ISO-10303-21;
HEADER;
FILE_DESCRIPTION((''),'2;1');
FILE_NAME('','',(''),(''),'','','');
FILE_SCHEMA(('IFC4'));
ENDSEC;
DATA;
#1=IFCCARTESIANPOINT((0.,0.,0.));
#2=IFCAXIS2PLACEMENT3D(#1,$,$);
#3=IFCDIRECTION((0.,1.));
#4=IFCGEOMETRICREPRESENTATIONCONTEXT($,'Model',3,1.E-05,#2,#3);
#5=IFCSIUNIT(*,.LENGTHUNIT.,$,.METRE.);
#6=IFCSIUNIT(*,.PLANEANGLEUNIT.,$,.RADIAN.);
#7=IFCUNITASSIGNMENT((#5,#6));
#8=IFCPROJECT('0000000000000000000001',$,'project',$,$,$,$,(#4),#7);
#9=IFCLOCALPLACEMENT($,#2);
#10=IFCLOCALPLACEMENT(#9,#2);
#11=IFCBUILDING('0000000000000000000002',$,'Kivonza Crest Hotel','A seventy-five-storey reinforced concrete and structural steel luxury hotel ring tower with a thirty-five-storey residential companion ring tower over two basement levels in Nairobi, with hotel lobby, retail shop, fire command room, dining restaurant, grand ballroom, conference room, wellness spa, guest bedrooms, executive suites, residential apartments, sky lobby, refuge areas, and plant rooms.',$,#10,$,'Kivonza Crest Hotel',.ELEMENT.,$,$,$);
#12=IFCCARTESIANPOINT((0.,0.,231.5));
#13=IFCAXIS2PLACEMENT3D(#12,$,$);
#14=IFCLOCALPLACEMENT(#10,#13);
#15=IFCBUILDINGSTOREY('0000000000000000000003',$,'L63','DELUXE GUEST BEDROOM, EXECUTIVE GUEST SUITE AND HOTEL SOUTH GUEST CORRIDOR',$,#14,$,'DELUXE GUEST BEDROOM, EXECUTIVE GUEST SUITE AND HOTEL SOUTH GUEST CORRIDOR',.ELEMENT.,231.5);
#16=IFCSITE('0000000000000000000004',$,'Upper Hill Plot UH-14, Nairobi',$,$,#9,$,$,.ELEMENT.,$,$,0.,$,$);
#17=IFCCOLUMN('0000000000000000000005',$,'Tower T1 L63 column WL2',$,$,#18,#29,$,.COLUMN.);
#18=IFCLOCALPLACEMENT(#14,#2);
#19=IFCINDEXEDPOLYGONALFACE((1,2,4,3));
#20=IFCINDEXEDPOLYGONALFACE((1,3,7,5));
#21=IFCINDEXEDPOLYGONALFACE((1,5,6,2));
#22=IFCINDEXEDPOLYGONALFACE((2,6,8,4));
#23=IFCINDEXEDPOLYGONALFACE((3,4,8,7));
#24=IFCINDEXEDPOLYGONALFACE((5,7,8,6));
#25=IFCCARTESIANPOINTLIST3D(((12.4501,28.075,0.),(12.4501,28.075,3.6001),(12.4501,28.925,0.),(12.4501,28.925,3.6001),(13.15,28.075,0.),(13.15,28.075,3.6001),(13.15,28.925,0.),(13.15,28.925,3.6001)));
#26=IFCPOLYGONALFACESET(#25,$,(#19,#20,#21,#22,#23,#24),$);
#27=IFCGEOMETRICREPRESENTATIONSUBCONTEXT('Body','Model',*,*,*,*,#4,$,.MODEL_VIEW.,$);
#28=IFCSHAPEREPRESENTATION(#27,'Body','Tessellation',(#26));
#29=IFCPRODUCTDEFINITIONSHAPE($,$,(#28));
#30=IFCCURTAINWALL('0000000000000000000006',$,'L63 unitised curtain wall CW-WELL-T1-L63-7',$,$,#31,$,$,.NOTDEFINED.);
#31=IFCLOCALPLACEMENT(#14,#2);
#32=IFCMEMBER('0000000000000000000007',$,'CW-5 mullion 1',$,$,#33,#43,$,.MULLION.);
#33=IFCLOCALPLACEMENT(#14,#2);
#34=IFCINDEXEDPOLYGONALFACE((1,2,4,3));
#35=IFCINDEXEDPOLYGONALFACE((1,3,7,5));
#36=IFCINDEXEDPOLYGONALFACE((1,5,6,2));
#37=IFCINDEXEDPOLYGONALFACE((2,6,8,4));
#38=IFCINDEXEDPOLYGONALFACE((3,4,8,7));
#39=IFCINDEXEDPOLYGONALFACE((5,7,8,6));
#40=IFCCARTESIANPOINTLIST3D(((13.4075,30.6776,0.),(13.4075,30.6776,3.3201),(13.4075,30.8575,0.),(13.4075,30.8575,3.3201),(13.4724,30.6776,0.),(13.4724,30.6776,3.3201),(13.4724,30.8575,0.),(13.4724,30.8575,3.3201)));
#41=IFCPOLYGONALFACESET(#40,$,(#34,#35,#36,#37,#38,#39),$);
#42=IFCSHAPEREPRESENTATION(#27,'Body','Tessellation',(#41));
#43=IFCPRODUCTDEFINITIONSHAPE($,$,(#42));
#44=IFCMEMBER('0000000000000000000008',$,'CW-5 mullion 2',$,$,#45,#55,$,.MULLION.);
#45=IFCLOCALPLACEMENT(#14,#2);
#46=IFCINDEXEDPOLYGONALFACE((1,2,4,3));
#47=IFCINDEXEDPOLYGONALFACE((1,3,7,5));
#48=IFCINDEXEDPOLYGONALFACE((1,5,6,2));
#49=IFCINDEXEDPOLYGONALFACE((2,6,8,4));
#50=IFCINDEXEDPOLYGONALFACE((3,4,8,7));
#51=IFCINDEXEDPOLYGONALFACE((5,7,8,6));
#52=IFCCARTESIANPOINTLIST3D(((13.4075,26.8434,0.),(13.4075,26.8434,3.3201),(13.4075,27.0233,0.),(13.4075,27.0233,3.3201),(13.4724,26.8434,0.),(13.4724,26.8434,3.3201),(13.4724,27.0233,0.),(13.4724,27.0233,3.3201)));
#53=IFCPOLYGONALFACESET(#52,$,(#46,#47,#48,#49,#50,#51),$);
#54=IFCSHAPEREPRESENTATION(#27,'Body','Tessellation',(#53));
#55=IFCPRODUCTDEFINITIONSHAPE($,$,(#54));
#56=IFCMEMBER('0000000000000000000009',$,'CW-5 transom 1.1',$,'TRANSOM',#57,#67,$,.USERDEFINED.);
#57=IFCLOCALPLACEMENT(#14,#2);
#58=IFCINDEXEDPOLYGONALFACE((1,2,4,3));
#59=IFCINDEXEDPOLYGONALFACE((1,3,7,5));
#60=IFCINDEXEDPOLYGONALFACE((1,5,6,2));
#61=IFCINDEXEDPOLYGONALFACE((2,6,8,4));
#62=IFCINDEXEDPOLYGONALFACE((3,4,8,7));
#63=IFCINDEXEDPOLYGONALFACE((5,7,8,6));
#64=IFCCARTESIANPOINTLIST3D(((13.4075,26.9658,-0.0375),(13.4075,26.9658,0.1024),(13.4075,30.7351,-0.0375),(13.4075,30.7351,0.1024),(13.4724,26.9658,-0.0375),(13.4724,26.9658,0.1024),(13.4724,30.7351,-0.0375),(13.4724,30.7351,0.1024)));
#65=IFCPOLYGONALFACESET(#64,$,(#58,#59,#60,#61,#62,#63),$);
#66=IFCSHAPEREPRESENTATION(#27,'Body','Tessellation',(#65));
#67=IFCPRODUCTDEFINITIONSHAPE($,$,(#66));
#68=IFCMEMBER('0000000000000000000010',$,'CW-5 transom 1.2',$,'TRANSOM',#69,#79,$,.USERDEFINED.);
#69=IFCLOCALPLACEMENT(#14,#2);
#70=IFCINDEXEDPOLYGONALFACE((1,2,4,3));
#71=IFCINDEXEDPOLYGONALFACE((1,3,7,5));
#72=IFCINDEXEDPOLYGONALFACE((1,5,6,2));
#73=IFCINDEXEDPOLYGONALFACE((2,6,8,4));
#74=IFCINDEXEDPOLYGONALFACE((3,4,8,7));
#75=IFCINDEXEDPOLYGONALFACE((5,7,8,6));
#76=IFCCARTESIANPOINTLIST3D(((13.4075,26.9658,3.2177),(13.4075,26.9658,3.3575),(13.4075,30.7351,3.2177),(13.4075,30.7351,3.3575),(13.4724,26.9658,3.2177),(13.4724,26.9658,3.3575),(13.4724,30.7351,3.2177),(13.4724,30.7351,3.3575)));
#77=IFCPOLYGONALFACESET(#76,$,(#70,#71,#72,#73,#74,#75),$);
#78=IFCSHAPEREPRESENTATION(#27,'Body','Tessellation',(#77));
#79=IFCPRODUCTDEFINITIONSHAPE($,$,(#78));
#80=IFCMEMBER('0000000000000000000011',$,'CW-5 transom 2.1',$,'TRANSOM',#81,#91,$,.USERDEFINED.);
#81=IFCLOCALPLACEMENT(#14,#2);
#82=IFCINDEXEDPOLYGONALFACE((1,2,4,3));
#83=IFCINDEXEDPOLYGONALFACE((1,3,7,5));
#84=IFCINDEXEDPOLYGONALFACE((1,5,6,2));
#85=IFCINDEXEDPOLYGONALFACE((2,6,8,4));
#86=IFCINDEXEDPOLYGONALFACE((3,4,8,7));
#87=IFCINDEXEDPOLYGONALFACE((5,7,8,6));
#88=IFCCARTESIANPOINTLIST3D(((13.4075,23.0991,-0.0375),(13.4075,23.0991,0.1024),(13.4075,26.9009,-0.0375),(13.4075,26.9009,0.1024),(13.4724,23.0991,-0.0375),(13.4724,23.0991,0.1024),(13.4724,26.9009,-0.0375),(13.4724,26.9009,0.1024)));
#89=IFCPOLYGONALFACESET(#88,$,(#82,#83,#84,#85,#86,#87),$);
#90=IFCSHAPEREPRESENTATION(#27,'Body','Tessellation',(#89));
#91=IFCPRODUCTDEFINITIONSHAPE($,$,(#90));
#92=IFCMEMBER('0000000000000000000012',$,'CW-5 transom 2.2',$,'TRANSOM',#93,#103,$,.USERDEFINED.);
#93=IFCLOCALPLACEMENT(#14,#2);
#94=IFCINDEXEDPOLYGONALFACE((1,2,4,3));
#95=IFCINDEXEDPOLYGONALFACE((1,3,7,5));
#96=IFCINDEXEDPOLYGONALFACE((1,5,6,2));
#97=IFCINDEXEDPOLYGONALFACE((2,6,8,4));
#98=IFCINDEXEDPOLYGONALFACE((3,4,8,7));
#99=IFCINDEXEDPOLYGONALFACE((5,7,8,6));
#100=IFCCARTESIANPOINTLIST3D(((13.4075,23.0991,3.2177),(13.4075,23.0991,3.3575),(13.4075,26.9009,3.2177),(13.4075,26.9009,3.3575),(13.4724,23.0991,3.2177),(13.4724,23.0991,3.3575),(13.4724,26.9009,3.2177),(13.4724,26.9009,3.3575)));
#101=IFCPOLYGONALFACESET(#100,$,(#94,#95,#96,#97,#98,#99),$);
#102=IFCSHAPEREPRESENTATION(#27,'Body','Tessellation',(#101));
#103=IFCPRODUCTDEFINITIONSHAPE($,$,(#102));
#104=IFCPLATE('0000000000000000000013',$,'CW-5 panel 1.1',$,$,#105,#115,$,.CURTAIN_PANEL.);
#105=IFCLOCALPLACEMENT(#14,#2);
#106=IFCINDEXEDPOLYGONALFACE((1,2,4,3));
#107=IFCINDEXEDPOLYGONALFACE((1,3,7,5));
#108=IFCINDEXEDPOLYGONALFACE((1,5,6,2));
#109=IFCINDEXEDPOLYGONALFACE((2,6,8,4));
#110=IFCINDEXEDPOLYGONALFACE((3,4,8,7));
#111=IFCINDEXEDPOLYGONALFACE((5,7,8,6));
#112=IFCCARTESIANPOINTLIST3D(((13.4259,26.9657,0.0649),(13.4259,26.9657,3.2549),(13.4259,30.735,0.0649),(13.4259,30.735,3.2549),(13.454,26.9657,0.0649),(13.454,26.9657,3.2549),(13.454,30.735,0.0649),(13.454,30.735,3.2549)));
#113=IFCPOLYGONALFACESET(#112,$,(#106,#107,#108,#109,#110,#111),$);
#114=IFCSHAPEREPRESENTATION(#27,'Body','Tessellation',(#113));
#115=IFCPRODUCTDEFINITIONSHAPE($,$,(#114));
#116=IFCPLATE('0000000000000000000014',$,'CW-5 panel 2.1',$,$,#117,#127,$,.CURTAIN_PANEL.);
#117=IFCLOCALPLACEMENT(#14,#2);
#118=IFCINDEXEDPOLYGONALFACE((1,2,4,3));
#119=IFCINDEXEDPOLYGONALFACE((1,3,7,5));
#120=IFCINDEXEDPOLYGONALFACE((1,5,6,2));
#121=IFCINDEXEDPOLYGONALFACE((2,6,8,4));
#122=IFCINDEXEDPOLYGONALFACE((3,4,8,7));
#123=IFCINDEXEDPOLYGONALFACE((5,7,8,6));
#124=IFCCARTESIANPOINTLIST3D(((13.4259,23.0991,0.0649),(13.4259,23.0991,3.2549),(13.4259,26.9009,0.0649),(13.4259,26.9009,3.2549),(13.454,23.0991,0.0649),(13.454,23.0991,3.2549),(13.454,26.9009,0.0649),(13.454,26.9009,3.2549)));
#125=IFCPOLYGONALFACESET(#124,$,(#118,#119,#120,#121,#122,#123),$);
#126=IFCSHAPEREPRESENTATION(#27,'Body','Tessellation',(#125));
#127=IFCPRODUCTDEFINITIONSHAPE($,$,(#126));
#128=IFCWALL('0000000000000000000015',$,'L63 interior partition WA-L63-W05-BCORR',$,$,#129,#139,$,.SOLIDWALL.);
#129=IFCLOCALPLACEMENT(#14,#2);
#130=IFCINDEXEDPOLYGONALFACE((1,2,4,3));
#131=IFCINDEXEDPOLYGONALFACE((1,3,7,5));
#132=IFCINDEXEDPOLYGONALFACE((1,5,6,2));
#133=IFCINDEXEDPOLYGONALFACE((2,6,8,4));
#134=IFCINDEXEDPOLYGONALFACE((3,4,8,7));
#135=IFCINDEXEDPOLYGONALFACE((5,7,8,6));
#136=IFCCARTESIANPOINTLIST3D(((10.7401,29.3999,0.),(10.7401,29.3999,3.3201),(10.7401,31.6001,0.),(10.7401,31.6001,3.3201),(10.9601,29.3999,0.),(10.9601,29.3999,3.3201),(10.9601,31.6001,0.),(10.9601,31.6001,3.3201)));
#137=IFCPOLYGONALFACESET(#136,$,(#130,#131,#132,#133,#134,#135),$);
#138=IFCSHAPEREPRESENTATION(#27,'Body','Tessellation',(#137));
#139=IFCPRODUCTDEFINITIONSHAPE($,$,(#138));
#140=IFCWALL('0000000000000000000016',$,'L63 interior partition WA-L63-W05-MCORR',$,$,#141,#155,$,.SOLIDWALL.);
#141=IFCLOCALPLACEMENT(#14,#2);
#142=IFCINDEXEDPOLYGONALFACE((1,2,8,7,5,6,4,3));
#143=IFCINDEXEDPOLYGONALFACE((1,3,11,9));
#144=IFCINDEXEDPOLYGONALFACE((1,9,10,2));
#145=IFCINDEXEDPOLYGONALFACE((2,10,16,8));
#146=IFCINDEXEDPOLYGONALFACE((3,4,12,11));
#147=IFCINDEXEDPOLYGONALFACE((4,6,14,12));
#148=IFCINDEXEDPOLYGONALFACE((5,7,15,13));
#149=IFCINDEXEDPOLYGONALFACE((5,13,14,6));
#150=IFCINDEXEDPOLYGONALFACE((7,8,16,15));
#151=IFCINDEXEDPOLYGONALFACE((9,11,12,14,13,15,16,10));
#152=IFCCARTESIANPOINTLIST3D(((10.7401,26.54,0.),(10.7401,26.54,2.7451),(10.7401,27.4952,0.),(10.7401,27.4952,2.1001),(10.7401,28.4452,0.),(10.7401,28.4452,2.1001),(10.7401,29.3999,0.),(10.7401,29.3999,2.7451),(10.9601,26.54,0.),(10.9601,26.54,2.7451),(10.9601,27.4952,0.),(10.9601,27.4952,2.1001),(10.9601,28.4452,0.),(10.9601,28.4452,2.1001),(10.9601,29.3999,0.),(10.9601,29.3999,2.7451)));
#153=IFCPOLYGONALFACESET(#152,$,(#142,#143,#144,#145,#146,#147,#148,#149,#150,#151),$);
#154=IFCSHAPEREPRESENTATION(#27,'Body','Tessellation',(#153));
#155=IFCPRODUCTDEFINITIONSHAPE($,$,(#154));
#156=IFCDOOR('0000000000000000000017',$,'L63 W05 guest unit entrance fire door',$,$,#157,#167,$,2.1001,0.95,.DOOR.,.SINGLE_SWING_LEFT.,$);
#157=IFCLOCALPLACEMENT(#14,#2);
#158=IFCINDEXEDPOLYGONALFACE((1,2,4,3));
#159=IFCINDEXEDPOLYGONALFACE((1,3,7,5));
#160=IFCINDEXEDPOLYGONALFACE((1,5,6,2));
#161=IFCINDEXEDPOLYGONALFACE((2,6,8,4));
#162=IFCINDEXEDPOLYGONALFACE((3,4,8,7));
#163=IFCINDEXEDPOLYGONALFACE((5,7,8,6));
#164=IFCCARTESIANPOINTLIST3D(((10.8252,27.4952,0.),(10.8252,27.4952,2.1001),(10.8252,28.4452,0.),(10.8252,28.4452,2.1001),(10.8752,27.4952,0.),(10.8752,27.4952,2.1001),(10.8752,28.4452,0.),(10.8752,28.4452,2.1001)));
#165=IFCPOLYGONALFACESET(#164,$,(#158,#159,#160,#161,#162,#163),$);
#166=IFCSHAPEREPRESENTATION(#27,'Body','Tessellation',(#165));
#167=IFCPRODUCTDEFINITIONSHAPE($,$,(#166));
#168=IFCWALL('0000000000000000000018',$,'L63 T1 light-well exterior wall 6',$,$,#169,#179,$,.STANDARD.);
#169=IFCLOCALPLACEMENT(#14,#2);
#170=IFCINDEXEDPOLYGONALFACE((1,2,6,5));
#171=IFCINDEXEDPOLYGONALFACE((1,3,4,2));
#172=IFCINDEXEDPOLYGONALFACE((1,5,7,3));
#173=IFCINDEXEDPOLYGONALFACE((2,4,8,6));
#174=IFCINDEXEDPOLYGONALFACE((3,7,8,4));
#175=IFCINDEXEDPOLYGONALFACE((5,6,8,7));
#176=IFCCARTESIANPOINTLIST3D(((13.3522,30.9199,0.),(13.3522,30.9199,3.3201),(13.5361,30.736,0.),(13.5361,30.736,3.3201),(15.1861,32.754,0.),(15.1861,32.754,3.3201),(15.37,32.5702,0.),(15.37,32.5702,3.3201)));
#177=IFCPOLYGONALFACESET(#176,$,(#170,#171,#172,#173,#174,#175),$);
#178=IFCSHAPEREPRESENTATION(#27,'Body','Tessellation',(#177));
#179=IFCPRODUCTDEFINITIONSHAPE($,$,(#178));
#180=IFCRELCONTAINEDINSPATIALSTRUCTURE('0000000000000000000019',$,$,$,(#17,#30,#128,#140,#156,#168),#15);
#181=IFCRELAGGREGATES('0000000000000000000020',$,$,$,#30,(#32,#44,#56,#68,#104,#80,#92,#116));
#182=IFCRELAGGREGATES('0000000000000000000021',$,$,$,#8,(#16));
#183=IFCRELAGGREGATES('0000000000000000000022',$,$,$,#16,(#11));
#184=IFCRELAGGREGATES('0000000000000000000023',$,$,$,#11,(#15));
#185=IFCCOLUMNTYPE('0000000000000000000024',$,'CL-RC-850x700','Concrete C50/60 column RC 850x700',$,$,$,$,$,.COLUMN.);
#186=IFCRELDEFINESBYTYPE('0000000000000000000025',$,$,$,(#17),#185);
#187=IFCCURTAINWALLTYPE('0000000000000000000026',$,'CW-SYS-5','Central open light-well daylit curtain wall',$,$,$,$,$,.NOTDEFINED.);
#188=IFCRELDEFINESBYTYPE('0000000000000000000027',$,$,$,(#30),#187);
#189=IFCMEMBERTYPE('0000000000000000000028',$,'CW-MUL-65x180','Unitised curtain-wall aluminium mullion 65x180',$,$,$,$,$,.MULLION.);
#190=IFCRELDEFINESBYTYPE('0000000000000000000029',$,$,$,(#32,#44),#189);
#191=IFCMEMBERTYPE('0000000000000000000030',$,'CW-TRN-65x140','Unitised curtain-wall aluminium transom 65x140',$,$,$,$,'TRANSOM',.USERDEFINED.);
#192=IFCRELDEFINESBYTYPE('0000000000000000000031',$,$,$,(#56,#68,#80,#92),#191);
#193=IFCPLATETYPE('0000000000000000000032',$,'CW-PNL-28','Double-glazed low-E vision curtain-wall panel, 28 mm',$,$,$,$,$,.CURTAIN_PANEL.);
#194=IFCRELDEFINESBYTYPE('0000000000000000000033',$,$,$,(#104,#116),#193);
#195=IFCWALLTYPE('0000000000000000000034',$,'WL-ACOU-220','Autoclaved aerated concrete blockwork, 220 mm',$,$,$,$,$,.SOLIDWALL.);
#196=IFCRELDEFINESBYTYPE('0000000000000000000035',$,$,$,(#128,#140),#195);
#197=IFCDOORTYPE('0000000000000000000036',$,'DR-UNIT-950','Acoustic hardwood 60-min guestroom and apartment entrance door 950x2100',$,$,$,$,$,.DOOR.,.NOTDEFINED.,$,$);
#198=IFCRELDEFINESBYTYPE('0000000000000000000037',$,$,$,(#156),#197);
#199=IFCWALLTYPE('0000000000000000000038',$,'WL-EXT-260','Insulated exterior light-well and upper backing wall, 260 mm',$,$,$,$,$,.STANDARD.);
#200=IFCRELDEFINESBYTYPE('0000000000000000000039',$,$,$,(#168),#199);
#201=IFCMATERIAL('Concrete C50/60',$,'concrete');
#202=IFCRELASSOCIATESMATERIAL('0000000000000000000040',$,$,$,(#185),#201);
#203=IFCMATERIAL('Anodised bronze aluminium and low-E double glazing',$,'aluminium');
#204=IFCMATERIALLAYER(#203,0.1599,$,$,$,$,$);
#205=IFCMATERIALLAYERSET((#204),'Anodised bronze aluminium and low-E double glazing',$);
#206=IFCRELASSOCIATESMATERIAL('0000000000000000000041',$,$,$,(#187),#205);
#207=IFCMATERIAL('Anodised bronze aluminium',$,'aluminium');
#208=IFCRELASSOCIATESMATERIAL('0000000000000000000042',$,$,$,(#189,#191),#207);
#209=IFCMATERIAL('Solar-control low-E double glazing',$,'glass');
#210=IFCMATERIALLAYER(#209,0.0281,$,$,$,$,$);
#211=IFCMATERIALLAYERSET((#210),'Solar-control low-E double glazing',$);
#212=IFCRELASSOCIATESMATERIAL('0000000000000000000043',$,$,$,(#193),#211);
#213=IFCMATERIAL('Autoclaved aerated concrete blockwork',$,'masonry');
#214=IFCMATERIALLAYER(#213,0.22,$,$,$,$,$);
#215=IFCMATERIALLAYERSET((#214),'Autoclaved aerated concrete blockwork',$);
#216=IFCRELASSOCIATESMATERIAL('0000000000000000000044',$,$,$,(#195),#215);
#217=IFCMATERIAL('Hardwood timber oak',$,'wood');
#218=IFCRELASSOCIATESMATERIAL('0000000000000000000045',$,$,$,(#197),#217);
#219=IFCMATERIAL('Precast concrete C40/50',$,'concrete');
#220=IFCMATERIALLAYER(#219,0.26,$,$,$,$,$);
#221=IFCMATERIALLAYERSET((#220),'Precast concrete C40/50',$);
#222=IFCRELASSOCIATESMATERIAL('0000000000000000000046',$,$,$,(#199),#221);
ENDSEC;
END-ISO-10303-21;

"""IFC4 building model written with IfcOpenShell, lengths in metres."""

from ifc_helpers import new_model, si_unit, direction, frame, frame_2d, origin, origin_2d, place, context, subcontext, project, spatial, rectangle, extrude, material, layer, layer_set, material_profile, profile_set, type_object, element, fill, aggregate, save


model = new_model("IFC4")

# Units and contexts
model_context = context("Model", 3, precision=1e-05, world=origin(), true_north=direction((0.0, 1.0)))
body_context = subcontext(model_context, "Body", "Model", "MODEL_VIEW")
ifc_project = project(units=[si_unit("LENGTHUNIT", "METRE"), si_unit("PLANEANGLEUNIT", "RADIAN")], contexts=[model_context])

# Site, building, storey
site_placement = place(None, origin())
site = spatial("IfcSite", under=ifc_project, at=site_placement, Name="Upper Hill Plot UH-14, Nairobi", CompositionType="ELEMENT", RefElevation=0.0)
building_placement = place(site_placement, origin())
building = spatial("IfcBuilding", under=site, at=building_placement, Name="Kivonza Crest Hotel", Description="A seventy-five-storey reinforced concrete and structural steel luxury hotel ring tower with a thirty-five-storey residential companion ring tower over two basement levels in Nairobi, with hotel lobby, retail shop, fire command room, dining restaurant, grand ballroom, conference room, wellness spa, guest bedrooms, executive suites, residential apartments, sky lobby, refuge areas, and plant rooms.", LongName="Kivonza Crest Hotel", CompositionType="ELEMENT")
storey_placement = place(building_placement, frame((0.0, 0.0, 231.5)))
storey = spatial("IfcBuildingStorey", under=building, at=storey_placement, Name="L63", Description="DELUXE GUEST BEDROOM, EXECUTIVE GUEST SUITE AND HOTEL SOUTH GUEST CORRIDOR", LongName="DELUXE GUEST BEDROOM, EXECUTIVE GUEST SUITE AND HOTEL SOUTH GUEST CORRIDOR", CompositionType="ELEMENT", Elevation=231.5)

# Column
ifc_material_1 = material(Name="Concrete C50/60", Category="concrete")
ifc_material_profile_1 = material_profile(ifc_material_1, rectangle(XDim=0.7, YDim=0.8501, at=origin_2d()), Name="RC 850x700")
ifc_profile_set_1 = profile_set([ifc_material_profile_1], Name="Concrete C50/60")
column_type = type_object("IfcColumnType", Name="CL-RC-850x700", Description="Concrete C50/60 column RC 850x700", PredefinedType="COLUMN", material=ifc_profile_set_1)
column_placement = place(storey_placement, frame((12.8, 28.5, 0.0), z_axis=(0.0, 0.0, 1.0), x_axis=(1.0, 0.0, 0.0)))
element("IfcColumn", 1, at=column_placement, inside=storey, type_object=column_type, Name="Tower T1 L63 column WL2", PredefinedType="COLUMN", context=body_context, shape_type="SweptSolid", body=[
    extrude(rectangle(XDim=0.7, YDim=0.8501, at=origin_2d()), origin(), (0.0, 0.0, 1.0), 3.6001),
])

# Curtain wall, members, plates
ifc_material_2 = material(Name="Anodised bronze aluminium and low-E double glazing", Category="aluminium")
ifc_layer_1 = layer(ifc_material_2, 0.1599)
ifc_layer_set_1 = layer_set([ifc_layer_1], Name="Anodised bronze aluminium and low-E double glazing")
curtain_wall_type = type_object("IfcCurtainWallType", Name="CW-SYS-5", Description="Central open light-well daylit curtain wall", PredefinedType="NOTDEFINED", material=ifc_layer_set_1)
curtain_wall_placement = place(storey_placement, origin())
curtain_wall = element("IfcCurtainWall", 2, at=curtain_wall_placement, inside=storey, type_object=curtain_wall_type, Name="L63 unitised curtain wall CW-WELL-T1-L63-7", PredefinedType="NOTDEFINED")
ifc_material_3 = material(Name="Anodised bronze aluminium", Category="aluminium")
ifc_material_profile_2 = material_profile(ifc_material_3, rectangle(XDim=0.0649, YDim=0.1799, at=origin_2d()), Name="CW-M 65x180")
ifc_profile_set_2 = profile_set([ifc_material_profile_2], Name="Anodised bronze aluminium")
member_type_1 = type_object("IfcMemberType", Name="CW-MUL-65x180", Description="Unitised curtain-wall aluminium mullion 65x180", PredefinedType="MULLION", material=ifc_profile_set_2)
member_1_placement = place(storey_placement, frame((13.4399, 30.7676, 0.0), z_axis=(0.0, 0.0, 1.0), x_axis=(1.0, 0.0, 0.0)))
member_1 = element("IfcMember", 3, at=member_1_placement, type_object=member_type_1, Name="CW-5 mullion 1", PredefinedType="MULLION", context=body_context, shape_type="SweptSolid", body=[
    extrude(rectangle(XDim=0.0649, YDim=0.1799, at=origin_2d()), origin(), (0.0, 0.0, 1.0), 3.3201),
])
member_2_placement = place(storey_placement, frame((13.4399, 26.9333, 0.0), z_axis=(0.0, 0.0, 1.0), x_axis=(1.0, 0.0, 0.0)))
member_2 = element("IfcMember", 4, at=member_2_placement, type_object=member_type_1, Name="CW-5 mullion 2", PredefinedType="MULLION", context=body_context, shape_type="SweptSolid", body=[
    extrude(rectangle(XDim=0.0649, YDim=0.1799, at=origin_2d()), origin(), (0.0, 0.0, 1.0), 3.3201),
])
ifc_material_profile_3 = material_profile(ifc_material_3, rectangle(XDim=0.0649, YDim=0.1399, at=origin_2d()), Name="CW-T 65x140")
ifc_profile_set_3 = profile_set([ifc_material_profile_3], Name="Anodised bronze aluminium")
member_type_2 = type_object("IfcMemberType", Name="CW-TRN-65x140", Description="Unitised curtain-wall aluminium transom 65x140", ElementType="TRANSOM", PredefinedType="USERDEFINED", material=ifc_profile_set_3)
member_3_placement = place(storey_placement, frame((13.4399, 30.7351, 0.0325), z_axis=(0.0, -1.0, 0.0), x_axis=(1.0, 0.0, 0.0)))
member_3 = element("IfcMember", 5, at=member_3_placement, type_object=member_type_2, Name="CW-5 transom 1.1", ObjectType="TRANSOM", PredefinedType="USERDEFINED", context=body_context, shape_type="SweptSolid", body=[
    extrude(rectangle(XDim=0.0649, YDim=0.1399, at=origin_2d()), origin(), (0.0, 0.0, 1.0), 3.7693),
])
member_4_placement = place(storey_placement, frame((13.4399, 30.7351, 3.2876), z_axis=(0.0, -1.0, 0.0), x_axis=(1.0, 0.0, 0.0)))
member_4 = element("IfcMember", 6, at=member_4_placement, type_object=member_type_2, Name="CW-5 transom 1.2", ObjectType="TRANSOM", PredefinedType="USERDEFINED", context=body_context, shape_type="SweptSolid", body=[
    extrude(rectangle(XDim=0.0649, YDim=0.1399, at=origin_2d()), origin(), (0.0, 0.0, 1.0), 3.7693),
])
member_5_placement = place(storey_placement, frame((13.4399, 26.9009, 0.0325), z_axis=(0.0, -1.0, 0.0), x_axis=(1.0, 0.0, 0.0)))
member_5 = element("IfcMember", 7, at=member_5_placement, type_object=member_type_2, Name="CW-5 transom 2.1", ObjectType="TRANSOM", PredefinedType="USERDEFINED", context=body_context, shape_type="SweptSolid", body=[
    extrude(rectangle(XDim=0.0649, YDim=0.1399, at=origin_2d()), origin(), (0.0, 0.0, 1.0), 3.8018),
])
member_6_placement = place(storey_placement, frame((13.4399, 26.9009, 3.2876), z_axis=(0.0, -1.0, 0.0), x_axis=(1.0, 0.0, 0.0)))
member_6 = element("IfcMember", 8, at=member_6_placement, type_object=member_type_2, Name="CW-5 transom 2.2", ObjectType="TRANSOM", PredefinedType="USERDEFINED", context=body_context, shape_type="SweptSolid", body=[
    extrude(rectangle(XDim=0.0649, YDim=0.1399, at=origin_2d()), origin(), (0.0, 0.0, 1.0), 3.8018),
])
ifc_material_4 = material(Name="Solar-control low-E double glazing", Category="glass")
ifc_layer_2 = layer(ifc_material_4, 0.0281)
ifc_layer_set_2 = layer_set([ifc_layer_2], Name="Solar-control low-E double glazing")
plate_type = type_object("IfcPlateType", Name="CW-PNL-28", Description="Double-glazed low-E vision curtain-wall panel, 28 mm", PredefinedType="CURTAIN_PANEL", material=ifc_layer_set_2)
plate_1_placement = place(storey_placement, frame((13.4399, 28.8503, 0.0649), z_axis=(0.0, 0.0, 1.0), x_axis=(0.0, -1.0, 0.0)))
plate_1 = element("IfcPlate", 9, at=plate_1_placement, type_object=plate_type, Name="CW-5 panel 1.1", PredefinedType="CURTAIN_PANEL", context=body_context, shape_type="SweptSolid", body=[
    extrude(rectangle(XDim=3.7693, YDim=0.0281, at=origin_2d()), origin(), (0.0, 0.0, 1.0), 3.1899),
])
plate_2_placement = place(storey_placement, frame((13.4399, 25.0, 0.0649), z_axis=(0.0, 0.0, 1.0), x_axis=(0.0, -1.0, 0.0)))
plate_2 = element("IfcPlate", 10, at=plate_2_placement, type_object=plate_type, Name="CW-5 panel 2.1", PredefinedType="CURTAIN_PANEL", context=body_context, shape_type="SweptSolid", body=[
    extrude(rectangle(XDim=3.8018, YDim=0.0281, at=origin_2d()), origin(), (0.0, 0.0, 1.0), 3.1899),
])
aggregate(curtain_wall, [member_1, member_2, member_3, member_4, plate_1, member_5, member_6, plate_2])

# Wall
ifc_material_5 = material(Name="Autoclaved aerated concrete blockwork", Category="masonry")
ifc_layer_3 = layer(ifc_material_5, 0.22)
ifc_layer_set_3 = layer_set([ifc_layer_3], Name="Autoclaved aerated concrete blockwork")
wall_type_1 = type_object("IfcWallType", Name="WL-ACOU-220", Description="Autoclaved aerated concrete blockwork, 220 mm", PredefinedType="SOLIDWALL", material=ifc_layer_set_3)
wall_1_placement = place(storey_placement, frame((10.8501, 29.3999, 0.0), z_axis=(0.0, 0.0, 1.0), x_axis=(0.0, 1.0, 0.0)))
element("IfcWall", 11, at=wall_1_placement, inside=storey, type_object=wall_type_1, Name="L63 interior partition WA-L63-W05-BCORR", PredefinedType="SOLIDWALL", context=body_context, shape_type="SweptSolid", body=[
    extrude(rectangle(XDim=2.2002, YDim=0.22, at=frame_2d((1.1001, 0.0))), origin(), (0.0, 0.0, 1.0), 3.3201),
])

# Wall, opening, door
wall_2_placement = place(storey_placement, frame((10.8501, 26.54, 0.0), z_axis=(0.0, 0.0, 1.0), x_axis=(0.0, 1.0, 0.0)))
wall_2 = element("IfcWall", 12, at=wall_2_placement, inside=storey, type_object=wall_type_1, Name="L63 interior partition WA-L63-W05-MCORR", PredefinedType="SOLIDWALL", context=body_context, shape_type="SweptSolid", body=[
    extrude(rectangle(XDim=2.8599, YDim=0.22, at=frame_2d((1.4299, 0.0))), origin(), (0.0, 0.0, 1.0), 2.7451),
])
opening_1_placement = place(wall_2_placement, frame((0.9551, 0.0, 0.0)))
opening_1 = element("IfcOpeningElement", 13, at=opening_1_placement, cuts=wall_2, PredefinedType="OPENING", context=body_context, shape_type="SweptSolid", body=[
    extrude(rectangle(XDim=0.95, YDim=2.1001, at=frame_2d((0.4751, 1.05))), frame((0.0, 0.1201, 0.0), z_axis=(0.0, -1.0, 0.0), x_axis=(1.0, 0.0, 0.0)), (0.0, 0.0, 1.0), 0.24),
])
ifc_material_6 = material(Name="Hardwood timber oak", Category="wood")
door_type_1 = type_object("IfcDoorType", Name="DR-UNIT-950", Description="Acoustic hardwood 60-min guestroom and apartment entrance door 950x2100", OperationType="NOTDEFINED", PredefinedType="DOOR", material=ifc_material_6)
door_1_placement = place(opening_1_placement, origin())
door_1 = element("IfcDoor", 14, at=door_1_placement, inside=storey, type_object=door_type_1, Name="L63 W05 guest unit entrance fire door", OperationType="SINGLE_SWING_LEFT", OverallHeight=2.1001, OverallWidth=0.95, PredefinedType="DOOR", context=body_context, shape_type="SweptSolid", body=[
    extrude(rectangle(XDim=0.95, YDim=2.1001, at=frame_2d((0.4751, 1.05))), frame((0.0, 0.0249, 0.0), z_axis=(0.0, -1.0, 0.0), x_axis=(1.0, 0.0, 0.0)), (0.0, 0.0, 1.0), 0.05),
])
fill(opening_1, door_1)

# Wall
ifc_material_7 = material(Name="Precast concrete C40/50", Category="concrete")
ifc_layer_4 = layer(ifc_material_7, 0.26)
ifc_layer_set_4 = layer_set([ifc_layer_4], Name="Precast concrete C40/50")
wall_type_2 = type_object("IfcWallType", Name="WL-EXT-260", Description="Insulated exterior light-well and upper backing wall, 260 mm", PredefinedType="STANDARD", material=ifc_layer_set_4)
wall_3_placement = place(storey_placement, frame((15.2781, 32.6621, 0.0), z_axis=(0.0, 0.0, 1.0), x_axis=(-0.70706, -0.707154, 0.0)))
element("IfcWall", 15, at=wall_3_placement, inside=storey, type_object=wall_type_2, Name="L63 T1 light-well exterior wall 6", PredefinedType="STANDARD", context=body_context, shape_type="SweptSolid", body=[
    extrude(rectangle(XDim=2.5938, YDim=0.26, at=frame_2d((1.2969, 0.0))), origin(), (0.0, 0.0, 1.0), 3.3201),
])

save(model, "model.ifc")
